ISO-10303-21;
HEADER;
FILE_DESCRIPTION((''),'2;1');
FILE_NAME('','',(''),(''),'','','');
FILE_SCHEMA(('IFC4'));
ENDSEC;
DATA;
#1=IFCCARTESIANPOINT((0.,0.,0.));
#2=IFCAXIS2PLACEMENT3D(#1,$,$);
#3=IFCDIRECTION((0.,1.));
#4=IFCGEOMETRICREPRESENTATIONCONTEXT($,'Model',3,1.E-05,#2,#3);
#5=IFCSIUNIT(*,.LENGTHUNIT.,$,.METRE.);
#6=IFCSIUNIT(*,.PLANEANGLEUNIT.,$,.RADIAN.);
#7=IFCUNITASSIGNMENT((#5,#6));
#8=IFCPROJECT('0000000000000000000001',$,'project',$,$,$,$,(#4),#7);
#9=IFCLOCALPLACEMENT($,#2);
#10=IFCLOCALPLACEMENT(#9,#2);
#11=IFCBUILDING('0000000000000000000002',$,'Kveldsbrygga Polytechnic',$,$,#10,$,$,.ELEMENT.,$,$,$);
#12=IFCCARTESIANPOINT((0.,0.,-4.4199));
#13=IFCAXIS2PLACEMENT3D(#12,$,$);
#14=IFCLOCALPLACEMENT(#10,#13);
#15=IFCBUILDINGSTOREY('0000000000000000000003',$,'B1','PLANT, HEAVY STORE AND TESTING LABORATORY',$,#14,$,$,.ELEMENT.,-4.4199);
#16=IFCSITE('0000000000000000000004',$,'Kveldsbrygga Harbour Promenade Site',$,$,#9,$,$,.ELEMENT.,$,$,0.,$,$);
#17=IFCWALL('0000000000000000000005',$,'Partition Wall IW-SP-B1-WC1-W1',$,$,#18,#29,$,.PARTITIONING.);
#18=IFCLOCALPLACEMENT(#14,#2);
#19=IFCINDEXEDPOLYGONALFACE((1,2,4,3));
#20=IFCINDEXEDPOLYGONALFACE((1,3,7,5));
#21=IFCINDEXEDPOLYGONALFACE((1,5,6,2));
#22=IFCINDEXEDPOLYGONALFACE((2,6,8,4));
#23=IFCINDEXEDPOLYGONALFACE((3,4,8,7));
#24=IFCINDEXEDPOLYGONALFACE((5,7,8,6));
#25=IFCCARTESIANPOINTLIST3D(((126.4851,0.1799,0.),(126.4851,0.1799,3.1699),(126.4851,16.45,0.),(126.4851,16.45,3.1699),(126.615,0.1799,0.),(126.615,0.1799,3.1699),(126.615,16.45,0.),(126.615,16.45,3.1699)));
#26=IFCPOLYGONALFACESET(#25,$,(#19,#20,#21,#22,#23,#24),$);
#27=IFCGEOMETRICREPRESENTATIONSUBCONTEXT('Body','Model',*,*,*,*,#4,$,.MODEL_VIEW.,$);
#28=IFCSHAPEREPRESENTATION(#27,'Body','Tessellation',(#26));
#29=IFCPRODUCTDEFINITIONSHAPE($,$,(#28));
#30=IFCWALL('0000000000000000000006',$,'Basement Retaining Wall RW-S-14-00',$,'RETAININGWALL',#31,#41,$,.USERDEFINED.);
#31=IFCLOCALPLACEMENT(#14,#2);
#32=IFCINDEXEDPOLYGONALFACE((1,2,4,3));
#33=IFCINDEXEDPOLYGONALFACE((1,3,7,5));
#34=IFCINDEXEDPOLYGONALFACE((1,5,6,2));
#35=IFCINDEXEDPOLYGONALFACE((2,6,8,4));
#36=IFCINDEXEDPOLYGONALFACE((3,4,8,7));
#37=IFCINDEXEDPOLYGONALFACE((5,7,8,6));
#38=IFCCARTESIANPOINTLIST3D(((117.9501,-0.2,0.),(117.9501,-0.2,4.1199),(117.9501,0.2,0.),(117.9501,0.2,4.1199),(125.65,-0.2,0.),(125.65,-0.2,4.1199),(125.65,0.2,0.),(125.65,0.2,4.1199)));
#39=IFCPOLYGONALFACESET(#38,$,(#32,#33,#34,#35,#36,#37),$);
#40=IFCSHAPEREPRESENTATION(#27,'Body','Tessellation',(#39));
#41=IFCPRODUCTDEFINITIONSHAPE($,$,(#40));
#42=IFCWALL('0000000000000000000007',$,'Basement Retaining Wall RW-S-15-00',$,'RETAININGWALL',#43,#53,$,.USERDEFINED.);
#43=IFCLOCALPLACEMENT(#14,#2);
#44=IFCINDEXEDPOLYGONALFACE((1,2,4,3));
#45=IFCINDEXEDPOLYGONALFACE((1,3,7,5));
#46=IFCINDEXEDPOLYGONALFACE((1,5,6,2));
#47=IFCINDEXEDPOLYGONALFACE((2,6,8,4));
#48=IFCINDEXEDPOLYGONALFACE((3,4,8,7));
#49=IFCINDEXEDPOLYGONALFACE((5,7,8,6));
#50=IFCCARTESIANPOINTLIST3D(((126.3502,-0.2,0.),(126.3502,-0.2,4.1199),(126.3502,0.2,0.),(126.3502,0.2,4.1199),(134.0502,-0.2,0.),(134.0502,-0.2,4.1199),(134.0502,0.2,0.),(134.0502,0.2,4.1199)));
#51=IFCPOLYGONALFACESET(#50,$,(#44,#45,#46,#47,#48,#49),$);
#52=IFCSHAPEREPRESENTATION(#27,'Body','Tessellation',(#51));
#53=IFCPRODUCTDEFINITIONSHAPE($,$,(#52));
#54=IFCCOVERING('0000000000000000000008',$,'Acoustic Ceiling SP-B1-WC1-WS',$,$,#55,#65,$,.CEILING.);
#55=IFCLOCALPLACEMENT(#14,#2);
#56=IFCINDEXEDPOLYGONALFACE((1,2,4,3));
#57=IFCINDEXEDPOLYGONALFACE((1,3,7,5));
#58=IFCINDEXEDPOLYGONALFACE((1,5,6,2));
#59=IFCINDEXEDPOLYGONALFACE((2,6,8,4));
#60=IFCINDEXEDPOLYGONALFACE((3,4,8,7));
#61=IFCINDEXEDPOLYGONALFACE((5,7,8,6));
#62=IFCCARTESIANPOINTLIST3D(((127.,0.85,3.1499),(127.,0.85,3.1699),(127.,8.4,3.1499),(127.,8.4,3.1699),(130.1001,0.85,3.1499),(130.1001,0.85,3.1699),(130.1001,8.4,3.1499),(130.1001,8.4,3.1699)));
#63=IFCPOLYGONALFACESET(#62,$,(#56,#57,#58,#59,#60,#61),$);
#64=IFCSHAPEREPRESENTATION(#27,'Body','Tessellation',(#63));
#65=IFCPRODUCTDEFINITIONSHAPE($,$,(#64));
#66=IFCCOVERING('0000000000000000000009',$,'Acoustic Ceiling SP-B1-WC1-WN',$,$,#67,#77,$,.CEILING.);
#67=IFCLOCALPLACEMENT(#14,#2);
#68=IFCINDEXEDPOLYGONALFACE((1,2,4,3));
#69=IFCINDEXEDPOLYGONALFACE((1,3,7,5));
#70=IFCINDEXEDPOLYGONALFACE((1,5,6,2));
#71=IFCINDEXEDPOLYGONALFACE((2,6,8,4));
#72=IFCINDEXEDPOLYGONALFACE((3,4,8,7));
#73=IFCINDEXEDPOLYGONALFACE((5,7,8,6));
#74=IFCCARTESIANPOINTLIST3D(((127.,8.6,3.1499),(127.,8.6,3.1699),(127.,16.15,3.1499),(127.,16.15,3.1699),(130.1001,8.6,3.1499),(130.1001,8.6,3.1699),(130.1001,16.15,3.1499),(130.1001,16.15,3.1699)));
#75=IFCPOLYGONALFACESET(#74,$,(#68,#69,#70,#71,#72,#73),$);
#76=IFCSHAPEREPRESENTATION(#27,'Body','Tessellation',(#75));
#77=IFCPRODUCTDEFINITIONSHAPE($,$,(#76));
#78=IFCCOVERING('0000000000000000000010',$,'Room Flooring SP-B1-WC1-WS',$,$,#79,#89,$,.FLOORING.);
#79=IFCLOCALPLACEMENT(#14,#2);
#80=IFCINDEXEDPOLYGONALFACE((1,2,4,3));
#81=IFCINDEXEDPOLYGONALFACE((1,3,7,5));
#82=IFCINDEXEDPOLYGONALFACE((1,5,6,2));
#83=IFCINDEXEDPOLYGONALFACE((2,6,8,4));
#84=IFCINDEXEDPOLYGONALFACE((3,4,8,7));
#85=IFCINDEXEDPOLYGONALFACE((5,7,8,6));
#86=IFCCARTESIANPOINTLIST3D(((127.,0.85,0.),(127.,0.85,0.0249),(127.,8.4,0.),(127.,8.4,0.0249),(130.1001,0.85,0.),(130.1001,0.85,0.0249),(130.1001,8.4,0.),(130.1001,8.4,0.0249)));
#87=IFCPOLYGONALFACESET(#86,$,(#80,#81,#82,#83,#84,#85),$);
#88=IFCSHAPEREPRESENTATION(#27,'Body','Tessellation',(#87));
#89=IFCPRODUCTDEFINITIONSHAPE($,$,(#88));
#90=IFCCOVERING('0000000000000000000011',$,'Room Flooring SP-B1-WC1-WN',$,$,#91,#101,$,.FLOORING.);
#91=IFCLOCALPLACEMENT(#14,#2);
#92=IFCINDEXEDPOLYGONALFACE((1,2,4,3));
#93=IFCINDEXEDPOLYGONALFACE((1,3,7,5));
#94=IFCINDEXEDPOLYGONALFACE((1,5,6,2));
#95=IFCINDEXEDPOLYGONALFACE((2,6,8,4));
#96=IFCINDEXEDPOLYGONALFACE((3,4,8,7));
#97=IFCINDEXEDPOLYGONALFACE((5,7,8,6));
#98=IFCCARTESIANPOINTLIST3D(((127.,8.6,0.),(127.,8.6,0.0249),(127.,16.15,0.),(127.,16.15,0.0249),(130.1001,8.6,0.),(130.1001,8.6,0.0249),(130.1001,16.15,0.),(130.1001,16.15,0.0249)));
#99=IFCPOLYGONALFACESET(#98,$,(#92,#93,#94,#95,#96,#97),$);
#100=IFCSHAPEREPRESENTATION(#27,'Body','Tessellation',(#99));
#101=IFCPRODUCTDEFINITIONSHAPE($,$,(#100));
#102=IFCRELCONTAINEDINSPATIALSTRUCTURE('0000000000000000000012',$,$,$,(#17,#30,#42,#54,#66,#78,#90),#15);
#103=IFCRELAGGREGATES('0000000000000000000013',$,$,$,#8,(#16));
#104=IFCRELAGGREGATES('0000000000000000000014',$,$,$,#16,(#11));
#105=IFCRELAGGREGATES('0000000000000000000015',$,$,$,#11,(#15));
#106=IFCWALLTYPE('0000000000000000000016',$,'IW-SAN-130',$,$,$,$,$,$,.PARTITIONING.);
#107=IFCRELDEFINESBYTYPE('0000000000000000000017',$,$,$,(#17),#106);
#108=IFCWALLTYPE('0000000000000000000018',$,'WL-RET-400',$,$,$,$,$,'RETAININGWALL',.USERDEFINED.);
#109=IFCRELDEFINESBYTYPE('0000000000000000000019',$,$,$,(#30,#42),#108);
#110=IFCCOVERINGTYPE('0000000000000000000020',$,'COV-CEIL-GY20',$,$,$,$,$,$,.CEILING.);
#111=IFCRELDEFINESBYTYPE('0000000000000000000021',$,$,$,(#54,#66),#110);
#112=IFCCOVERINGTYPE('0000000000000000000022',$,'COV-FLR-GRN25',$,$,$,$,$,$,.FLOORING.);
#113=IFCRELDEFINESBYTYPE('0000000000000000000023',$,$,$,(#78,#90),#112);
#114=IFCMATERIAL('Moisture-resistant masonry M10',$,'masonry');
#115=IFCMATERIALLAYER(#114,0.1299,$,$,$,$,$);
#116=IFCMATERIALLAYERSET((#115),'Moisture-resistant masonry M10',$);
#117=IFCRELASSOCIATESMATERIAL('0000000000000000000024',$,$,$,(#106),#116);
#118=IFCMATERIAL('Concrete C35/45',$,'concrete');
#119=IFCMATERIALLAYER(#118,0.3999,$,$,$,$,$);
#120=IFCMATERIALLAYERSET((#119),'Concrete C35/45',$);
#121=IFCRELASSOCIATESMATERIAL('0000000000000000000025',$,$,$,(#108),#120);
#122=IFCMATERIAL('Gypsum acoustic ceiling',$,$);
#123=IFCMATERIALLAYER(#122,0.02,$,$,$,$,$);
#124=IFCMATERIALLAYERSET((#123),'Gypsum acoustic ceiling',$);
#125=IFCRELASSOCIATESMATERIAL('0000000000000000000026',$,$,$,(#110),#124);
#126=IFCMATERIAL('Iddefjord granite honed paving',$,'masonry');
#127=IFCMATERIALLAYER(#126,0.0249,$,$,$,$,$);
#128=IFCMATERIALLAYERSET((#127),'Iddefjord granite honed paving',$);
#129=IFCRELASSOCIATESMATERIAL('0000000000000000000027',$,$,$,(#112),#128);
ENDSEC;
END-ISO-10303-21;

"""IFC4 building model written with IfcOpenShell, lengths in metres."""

from ifc_helpers import new_model, si_unit, direction, frame, frame_2d, origin, origin_2d, place, context, subcontext, project, spatial, rectangle, extrude, material, layer, layer_set, type_object, element, save


model = new_model("IFC4")

# Units and contexts
model_context = context("Model", 3, precision=1e-05, world=origin(), true_north=direction((0.0, 1.0)))
body_context = subcontext(model_context, "Body", "Model", "MODEL_VIEW")
ifc_project = project(units=[si_unit("LENGTHUNIT", "METRE"), si_unit("PLANEANGLEUNIT", "RADIAN")], contexts=[model_context])

# Site, building, storey
site_placement = place(None, origin())
site = spatial("IfcSite", under=ifc_project, at=site_placement, Name="Kveldsbrygga Harbour Promenade Site", CompositionType="ELEMENT", RefElevation=0.0)
building_placement = place(site_placement, origin())
building = spatial("IfcBuilding", under=site, at=building_placement, Name="Kveldsbrygga Polytechnic", CompositionType="ELEMENT")
storey_placement = place(building_placement, frame((0.0, 0.0, -4.4199)))
storey = spatial("IfcBuildingStorey", under=building, at=storey_placement, Name="B1", Description="PLANT, HEAVY STORE AND TESTING LABORATORY", CompositionType="ELEMENT", Elevation=-4.4199)

# Shared definitions
ifc_material_1 = material(Name="Concrete C35/45", Category="concrete")

# Walls
ifc_material_2 = material(Name="Moisture-resistant masonry M10", Category="masonry")
ifc_layer_1 = layer(ifc_material_2, 0.1299)
ifc_layer_set_1 = layer_set([ifc_layer_1], Name="Moisture-resistant masonry M10")
wall_type_1 = type_object("IfcWallType", Name="IW-SAN-130", PredefinedType="PARTITIONING", material=ifc_layer_set_1)
wall_1_placement = place(storey_placement, frame((126.55, 0.1799, 0.0), z_axis=(0.0, 0.0, 1.0), x_axis=(0.0, 1.0, 0.0)))
element("IfcWall", 1, at=wall_1_placement, inside=storey, type_object=wall_type_1, Name="Partition Wall IW-SP-B1-WC1-W1", PredefinedType="PARTITIONING", context=body_context, shape_type="SweptSolid", body=[
    extrude(rectangle(XDim=16.27, YDim=0.1299, at=frame_2d((8.135, 0.0))), origin(), (0.0, 0.0, 1.0), 3.1699),
])
ifc_layer_2 = layer(ifc_material_1, 0.3999)
ifc_layer_set_2 = layer_set([ifc_layer_2], Name="Concrete C35/45")
wall_type_2 = type_object("IfcWallType", Name="WL-RET-400", ElementType="RETAININGWALL", PredefinedType="USERDEFINED", material=ifc_layer_set_2)
for number, where, z_axis, x_axis, name in (
    (2, (117.95, 0.0, 0.0), (0.0, 0.0, 1.0), (1.0, 0.0, 0.0), "Basement Retaining Wall RW-S-14-00"),
    (3, (126.3501, 0.0, 0.0), (0.0, 0.0, 1.0), (1.0, 0.0, 0.0), "Basement Retaining Wall RW-S-15-00"),
):
    element("IfcWall", number, at=place(storey_placement, frame(where, z_axis=z_axis, x_axis=x_axis)), inside=storey, type_object=wall_type_2, Name=name, ObjectType="RETAININGWALL", PredefinedType="USERDEFINED", context=body_context, shape_type="SweptSolid", body=[
        extrude(rectangle(XDim=7.7, YDim=0.3999, at=frame_2d((3.8501, 0.0))), origin(), (0.0, 0.0, 1.0), 4.1199),
    ])

# Coverings
ifc_material_3 = material(Name="Gypsum acoustic ceiling")
ifc_layer_3 = layer(ifc_material_3, 0.02)
ifc_layer_set_3 = layer_set([ifc_layer_3], Name="Gypsum acoustic ceiling")
covering_type_1 = type_object("IfcCoveringType", Name="COV-CEIL-GY20", PredefinedType="CEILING", material=ifc_layer_set_3)
for number, where, z_axis, x_axis, name in (
    (4, (128.55, 4.625, 3.1499), (0.0, 0.0, 1.0), (1.0, 0.0, 0.0), "Acoustic Ceiling SP-B1-WC1-WS"),
    (5, (128.55, 12.375, 3.1499), (0.0, 0.0, 1.0), (1.0, 0.0, 0.0), "Acoustic Ceiling SP-B1-WC1-WN"),
):
    element("IfcCovering", number, at=place(storey_placement, frame(where, z_axis=z_axis, x_axis=x_axis)), inside=storey, type_object=covering_type_1, Name=name, PredefinedType="CEILING", context=body_context, shape_type="SweptSolid", body=[
        extrude(rectangle(XDim=3.1001, YDim=7.55, at=origin_2d()), origin(), (0.0, 0.0, 1.0), 0.02),
    ])
ifc_material_4 = material(Name="Iddefjord granite honed paving", Category="masonry")
ifc_layer_4 = layer(ifc_material_4, 0.0249)
ifc_layer_set_4 = layer_set([ifc_layer_4], Name="Iddefjord granite honed paving")
covering_type_2 = type_object("IfcCoveringType", Name="COV-FLR-GRN25", PredefinedType="FLOORING", material=ifc_layer_set_4)
for number, where, z_axis, x_axis, name in (
    (6, (128.55, 4.625, 0.0), (0.0, 0.0, 1.0), (1.0, 0.0, 0.0), "Room Flooring SP-B1-WC1-WS"),
    (7, (128.55, 12.375, 0.0), (0.0, 0.0, 1.0), (1.0, 0.0, 0.0), "Room Flooring SP-B1-WC1-WN"),
):
    element("IfcCovering", number, at=place(storey_placement, frame(where, z_axis=z_axis, x_axis=x_axis)), inside=storey, type_object=covering_type_2, Name=name, PredefinedType="FLOORING", context=body_context, shape_type="SweptSolid", body=[
        extrude(rectangle(XDim=3.1001, YDim=7.55, at=origin_2d()), origin(), (0.0, 0.0, 1.0), 0.0249),
    ])

save(model, "model.ifc")
